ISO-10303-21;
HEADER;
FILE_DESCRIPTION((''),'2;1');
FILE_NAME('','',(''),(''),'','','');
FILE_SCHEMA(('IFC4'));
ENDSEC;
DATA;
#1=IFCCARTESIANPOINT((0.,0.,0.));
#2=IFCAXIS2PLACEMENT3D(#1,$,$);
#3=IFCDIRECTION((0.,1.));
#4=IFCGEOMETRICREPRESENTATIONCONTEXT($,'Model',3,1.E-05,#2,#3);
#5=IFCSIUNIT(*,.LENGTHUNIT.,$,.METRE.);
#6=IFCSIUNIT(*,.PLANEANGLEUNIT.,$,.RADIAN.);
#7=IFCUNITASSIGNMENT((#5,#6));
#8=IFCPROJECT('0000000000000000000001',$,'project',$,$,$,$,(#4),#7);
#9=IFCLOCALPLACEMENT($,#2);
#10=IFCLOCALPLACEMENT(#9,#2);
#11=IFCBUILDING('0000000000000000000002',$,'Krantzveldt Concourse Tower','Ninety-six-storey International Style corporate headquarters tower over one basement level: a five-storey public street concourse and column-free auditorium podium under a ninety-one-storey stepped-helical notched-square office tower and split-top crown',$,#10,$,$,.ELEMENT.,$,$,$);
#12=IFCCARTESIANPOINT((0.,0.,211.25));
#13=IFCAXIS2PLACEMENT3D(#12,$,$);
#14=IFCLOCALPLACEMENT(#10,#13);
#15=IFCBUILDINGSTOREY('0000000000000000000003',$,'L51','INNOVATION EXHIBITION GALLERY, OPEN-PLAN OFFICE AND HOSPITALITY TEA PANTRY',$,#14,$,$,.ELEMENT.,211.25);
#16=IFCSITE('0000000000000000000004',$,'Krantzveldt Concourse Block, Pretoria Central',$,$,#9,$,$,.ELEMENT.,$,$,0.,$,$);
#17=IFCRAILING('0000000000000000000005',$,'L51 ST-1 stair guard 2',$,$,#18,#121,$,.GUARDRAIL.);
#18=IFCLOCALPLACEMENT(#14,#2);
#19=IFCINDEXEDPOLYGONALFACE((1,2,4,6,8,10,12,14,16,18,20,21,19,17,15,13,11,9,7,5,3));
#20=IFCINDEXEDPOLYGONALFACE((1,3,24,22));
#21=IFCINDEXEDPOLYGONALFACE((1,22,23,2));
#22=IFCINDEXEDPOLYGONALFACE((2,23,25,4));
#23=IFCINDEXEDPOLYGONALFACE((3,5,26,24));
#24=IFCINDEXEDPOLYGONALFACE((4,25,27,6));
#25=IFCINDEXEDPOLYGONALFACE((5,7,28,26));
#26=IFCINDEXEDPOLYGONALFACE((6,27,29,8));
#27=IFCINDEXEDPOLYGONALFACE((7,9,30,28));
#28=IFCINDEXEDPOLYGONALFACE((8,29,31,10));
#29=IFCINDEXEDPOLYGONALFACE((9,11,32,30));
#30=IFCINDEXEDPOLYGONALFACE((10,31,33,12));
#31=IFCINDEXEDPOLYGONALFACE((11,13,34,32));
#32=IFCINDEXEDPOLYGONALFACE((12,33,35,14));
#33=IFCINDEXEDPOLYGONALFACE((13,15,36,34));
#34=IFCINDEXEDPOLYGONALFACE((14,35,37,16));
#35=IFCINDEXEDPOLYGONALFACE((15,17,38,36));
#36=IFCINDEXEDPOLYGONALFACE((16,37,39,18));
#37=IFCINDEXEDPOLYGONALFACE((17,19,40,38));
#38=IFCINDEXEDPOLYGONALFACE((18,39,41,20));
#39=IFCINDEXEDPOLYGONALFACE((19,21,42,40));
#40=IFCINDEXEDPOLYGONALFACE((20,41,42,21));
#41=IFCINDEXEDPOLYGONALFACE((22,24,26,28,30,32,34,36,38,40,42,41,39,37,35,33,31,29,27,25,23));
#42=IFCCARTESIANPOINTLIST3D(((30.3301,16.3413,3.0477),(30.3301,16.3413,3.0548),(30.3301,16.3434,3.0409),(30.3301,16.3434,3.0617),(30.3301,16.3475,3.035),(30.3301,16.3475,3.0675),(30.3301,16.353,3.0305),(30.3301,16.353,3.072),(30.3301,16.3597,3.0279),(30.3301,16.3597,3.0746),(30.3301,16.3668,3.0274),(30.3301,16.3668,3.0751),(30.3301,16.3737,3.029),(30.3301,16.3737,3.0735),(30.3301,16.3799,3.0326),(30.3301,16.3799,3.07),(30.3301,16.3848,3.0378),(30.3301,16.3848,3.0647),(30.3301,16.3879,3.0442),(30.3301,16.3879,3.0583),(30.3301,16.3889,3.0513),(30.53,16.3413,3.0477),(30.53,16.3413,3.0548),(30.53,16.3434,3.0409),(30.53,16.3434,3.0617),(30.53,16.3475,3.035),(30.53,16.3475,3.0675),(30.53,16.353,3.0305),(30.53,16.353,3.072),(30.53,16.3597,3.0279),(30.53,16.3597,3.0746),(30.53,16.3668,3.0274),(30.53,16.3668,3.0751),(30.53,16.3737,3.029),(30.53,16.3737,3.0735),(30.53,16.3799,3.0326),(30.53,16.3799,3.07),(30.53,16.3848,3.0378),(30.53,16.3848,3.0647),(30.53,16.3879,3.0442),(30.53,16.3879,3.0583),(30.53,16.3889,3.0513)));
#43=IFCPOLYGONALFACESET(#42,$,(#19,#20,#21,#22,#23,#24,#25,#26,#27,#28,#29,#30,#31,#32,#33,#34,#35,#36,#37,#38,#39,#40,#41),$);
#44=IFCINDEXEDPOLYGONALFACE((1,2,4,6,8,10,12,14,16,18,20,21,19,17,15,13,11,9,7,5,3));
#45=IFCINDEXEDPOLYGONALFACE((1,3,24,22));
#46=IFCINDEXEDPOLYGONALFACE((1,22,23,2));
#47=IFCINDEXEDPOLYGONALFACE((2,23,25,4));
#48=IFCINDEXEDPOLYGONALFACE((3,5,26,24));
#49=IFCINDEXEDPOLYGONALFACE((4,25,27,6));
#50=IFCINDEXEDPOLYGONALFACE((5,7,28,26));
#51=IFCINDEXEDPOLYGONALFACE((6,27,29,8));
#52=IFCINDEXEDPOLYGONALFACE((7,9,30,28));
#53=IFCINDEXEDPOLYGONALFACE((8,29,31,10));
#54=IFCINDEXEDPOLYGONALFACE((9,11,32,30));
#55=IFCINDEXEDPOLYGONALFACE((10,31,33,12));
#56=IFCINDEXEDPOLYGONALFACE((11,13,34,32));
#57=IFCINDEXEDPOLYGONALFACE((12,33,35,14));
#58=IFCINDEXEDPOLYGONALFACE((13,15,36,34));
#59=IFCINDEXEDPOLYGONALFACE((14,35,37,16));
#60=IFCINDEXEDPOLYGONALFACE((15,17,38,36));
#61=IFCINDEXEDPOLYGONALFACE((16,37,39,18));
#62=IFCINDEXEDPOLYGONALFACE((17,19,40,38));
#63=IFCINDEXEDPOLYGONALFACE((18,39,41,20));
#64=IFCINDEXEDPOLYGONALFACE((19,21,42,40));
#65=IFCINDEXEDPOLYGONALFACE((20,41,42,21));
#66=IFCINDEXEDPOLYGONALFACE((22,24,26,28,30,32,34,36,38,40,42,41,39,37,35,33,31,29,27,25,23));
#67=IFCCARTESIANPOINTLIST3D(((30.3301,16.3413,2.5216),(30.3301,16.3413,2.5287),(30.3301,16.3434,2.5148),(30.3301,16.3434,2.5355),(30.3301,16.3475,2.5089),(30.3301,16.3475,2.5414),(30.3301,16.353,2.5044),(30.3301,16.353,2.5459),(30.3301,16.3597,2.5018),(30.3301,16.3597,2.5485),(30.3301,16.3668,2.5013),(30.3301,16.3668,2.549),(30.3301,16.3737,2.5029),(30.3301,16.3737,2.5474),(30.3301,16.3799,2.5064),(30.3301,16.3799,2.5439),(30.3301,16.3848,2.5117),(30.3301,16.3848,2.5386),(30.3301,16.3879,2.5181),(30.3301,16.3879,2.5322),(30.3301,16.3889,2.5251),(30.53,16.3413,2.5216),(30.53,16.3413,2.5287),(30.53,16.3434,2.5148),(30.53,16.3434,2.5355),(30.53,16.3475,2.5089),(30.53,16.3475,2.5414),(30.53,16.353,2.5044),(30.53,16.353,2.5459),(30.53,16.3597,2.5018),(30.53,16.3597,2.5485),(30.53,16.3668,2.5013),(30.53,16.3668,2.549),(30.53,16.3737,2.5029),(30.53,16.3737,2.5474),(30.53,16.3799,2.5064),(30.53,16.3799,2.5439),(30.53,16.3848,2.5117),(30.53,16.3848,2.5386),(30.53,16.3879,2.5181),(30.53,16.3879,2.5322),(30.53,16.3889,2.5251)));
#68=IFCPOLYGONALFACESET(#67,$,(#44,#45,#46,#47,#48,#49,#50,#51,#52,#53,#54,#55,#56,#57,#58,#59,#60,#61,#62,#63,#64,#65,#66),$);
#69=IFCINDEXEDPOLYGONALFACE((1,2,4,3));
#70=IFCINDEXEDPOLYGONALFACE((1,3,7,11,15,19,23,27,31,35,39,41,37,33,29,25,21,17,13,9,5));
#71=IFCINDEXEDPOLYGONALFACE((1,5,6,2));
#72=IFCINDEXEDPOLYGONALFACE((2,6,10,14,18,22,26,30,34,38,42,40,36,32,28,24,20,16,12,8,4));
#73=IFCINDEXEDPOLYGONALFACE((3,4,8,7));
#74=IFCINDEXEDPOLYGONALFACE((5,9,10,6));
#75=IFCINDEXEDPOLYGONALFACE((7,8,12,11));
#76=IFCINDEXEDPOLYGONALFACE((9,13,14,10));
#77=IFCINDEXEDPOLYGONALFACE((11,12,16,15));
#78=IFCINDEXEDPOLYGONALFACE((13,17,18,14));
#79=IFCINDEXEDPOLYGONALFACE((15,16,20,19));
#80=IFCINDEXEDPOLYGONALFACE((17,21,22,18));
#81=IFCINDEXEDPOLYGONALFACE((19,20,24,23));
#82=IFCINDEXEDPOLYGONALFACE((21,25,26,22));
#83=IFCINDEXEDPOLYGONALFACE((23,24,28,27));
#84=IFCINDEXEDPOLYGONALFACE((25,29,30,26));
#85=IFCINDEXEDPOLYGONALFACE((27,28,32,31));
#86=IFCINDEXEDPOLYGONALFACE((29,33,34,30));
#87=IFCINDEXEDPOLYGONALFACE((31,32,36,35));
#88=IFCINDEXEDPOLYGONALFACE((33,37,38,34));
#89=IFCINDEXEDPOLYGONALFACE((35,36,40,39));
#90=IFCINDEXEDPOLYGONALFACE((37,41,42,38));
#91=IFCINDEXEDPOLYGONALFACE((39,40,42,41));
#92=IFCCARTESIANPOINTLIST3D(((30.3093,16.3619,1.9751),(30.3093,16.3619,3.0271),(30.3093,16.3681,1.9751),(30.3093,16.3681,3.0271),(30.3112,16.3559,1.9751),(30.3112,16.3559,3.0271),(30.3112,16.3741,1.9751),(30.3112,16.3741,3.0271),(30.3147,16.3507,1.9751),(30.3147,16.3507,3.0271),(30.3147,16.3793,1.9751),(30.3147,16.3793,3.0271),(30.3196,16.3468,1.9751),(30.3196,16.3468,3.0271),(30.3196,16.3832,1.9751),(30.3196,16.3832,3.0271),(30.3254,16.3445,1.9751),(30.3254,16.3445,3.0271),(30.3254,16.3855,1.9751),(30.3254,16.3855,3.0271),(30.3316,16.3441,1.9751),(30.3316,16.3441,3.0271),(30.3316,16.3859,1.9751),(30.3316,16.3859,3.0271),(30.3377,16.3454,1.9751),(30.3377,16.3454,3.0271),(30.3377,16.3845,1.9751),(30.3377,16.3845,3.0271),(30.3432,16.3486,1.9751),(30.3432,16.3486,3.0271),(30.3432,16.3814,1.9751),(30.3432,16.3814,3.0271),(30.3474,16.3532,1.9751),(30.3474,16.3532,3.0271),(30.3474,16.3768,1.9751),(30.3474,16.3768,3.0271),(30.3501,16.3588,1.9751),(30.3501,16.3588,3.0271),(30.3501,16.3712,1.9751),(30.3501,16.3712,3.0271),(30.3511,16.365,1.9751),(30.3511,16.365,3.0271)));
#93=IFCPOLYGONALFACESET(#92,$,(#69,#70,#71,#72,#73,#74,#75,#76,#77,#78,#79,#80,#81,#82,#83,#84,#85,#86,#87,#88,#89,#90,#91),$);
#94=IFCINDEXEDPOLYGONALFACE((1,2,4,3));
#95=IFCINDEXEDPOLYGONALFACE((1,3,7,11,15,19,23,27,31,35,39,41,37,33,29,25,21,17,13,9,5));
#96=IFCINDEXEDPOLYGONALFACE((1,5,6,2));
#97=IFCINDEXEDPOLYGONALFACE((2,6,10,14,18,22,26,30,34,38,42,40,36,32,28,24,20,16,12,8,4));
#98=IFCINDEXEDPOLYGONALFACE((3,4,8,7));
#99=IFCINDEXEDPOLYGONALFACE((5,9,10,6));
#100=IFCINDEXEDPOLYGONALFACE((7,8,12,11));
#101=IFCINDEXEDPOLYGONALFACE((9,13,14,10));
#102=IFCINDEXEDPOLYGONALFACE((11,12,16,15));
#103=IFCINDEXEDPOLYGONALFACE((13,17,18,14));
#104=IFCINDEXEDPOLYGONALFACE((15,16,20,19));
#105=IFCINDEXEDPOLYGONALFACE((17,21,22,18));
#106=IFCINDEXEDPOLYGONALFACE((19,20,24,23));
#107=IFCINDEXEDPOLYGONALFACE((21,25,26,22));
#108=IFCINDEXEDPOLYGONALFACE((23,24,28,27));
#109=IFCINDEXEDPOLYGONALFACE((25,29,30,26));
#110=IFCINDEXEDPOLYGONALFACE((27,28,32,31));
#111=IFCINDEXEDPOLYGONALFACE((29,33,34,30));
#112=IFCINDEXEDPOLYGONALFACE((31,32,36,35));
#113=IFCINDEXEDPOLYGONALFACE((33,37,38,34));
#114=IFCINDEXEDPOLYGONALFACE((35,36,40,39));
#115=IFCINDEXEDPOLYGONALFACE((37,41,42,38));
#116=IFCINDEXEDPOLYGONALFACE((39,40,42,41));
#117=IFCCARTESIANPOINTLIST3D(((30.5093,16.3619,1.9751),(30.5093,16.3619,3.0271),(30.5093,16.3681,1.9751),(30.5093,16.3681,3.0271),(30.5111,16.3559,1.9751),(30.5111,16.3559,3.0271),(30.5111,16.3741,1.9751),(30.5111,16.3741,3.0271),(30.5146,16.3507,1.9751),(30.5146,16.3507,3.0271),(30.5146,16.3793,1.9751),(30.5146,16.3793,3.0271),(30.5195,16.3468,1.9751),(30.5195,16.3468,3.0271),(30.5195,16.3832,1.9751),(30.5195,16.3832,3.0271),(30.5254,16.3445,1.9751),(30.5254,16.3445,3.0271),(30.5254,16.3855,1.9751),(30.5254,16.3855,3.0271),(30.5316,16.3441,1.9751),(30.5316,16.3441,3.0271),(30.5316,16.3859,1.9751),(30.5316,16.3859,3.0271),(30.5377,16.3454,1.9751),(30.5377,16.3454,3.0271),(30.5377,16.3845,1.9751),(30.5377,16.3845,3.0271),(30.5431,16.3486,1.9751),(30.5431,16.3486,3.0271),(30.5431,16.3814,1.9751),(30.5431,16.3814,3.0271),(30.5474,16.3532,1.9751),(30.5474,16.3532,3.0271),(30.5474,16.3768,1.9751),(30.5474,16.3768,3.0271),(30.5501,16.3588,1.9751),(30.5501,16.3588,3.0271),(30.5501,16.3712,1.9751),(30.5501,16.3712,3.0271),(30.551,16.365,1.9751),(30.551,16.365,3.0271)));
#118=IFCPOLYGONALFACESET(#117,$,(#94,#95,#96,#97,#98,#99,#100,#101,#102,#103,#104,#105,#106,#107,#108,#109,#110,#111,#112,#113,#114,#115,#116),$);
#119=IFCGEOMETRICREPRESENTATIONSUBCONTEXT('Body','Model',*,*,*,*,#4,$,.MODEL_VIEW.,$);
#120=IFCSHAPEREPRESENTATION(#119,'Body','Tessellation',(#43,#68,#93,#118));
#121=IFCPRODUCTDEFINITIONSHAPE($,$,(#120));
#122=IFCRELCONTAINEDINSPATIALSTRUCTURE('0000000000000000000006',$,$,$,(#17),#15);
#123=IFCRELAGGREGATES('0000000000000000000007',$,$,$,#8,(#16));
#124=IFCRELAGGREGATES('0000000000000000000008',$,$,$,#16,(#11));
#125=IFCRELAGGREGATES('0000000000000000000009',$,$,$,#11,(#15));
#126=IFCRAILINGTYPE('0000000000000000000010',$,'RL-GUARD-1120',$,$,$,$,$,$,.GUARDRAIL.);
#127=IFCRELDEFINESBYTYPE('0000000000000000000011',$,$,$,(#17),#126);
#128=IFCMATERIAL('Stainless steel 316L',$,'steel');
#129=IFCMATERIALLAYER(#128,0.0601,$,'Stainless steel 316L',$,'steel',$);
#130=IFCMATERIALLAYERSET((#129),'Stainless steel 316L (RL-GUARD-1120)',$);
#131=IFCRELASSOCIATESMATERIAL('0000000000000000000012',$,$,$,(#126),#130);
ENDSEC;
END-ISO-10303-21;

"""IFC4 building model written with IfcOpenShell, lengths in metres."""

from ifc_helpers import new_model, si_unit, direction, frame, origin, origin_2d, place, context, subcontext, project, spatial, circle, extrude, material, layer, layer_set, type_object, element, save


model = new_model("IFC4")

# Units and contexts
model_context = context("Model", 3, precision=1e-05, world=origin(), true_north=direction((0.0, 1.0)))
body_context = subcontext(model_context, "Body", "Model", "MODEL_VIEW")
ifc_project = project(units=[si_unit("LENGTHUNIT", "METRE"), si_unit("PLANEANGLEUNIT", "RADIAN")], contexts=[model_context])

# Site, building, storey
site_placement = place(None, origin())
site = spatial("IfcSite", under=ifc_project, at=site_placement, Name="Krantzveldt Concourse Block, Pretoria Central", CompositionType="ELEMENT", RefElevation=0.0)
building_placement = place(site_placement, origin())
building = spatial("IfcBuilding", under=site, at=building_placement, Name="Krantzveldt Concourse Tower", Description="Ninety-six-storey International Style corporate headquarters tower over one basement level: a five-storey public street concourse and column-free auditorium podium under a ninety-one-storey stepped-helical notched-square office tower and split-top crown", CompositionType="ELEMENT")
storey_placement = place(building_placement, frame((0.0, 0.0, 211.25)))
storey = spatial("IfcBuildingStorey", under=building, at=storey_placement, Name="L51", Description="INNOVATION EXHIBITION GALLERY, OPEN-PLAN OFFICE AND HOSPITALITY TEA PANTRY", CompositionType="ELEMENT", Elevation=211.25)

# Shared definitions
ifc_material_1 = material(Name="Stainless steel 316L", Category="steel")

# Railing
ifc_layer_1 = layer(ifc_material_1, 0.0601, Name="Stainless steel 316L", Category="steel")
ifc_layer_set_1 = layer_set([ifc_layer_1], Name="Stainless steel 316L (RL-GUARD-1120)")
railing_type_1 = type_object("IfcRailingType", Name="RL-GUARD-1120", PredefinedType="GUARDRAIL", material=ifc_layer_set_1)
railing_1_placement = place(storey_placement, frame((30.3301, 16.365, 1.9751)))
element("IfcRailing", 1, at=railing_1_placement, inside=storey, type_object=railing_type_1, Name="L51 ST-1 stair guard 2", PredefinedType="GUARDRAIL", context=body_context, shape_type="SweptSolid", body=[
    extrude(circle(Radius=0.0239, at=origin_2d()), frame((0.0, 0.0, 1.0762), z_axis=(1.0, 0.0, 0.0), x_axis=(0.0, 1.0, 0.0)), (0.0, 0.0, 1.0), 0.2),
    extrude(circle(Radius=0.0239, at=origin_2d()), frame((0.0, 0.0, 0.55), z_axis=(1.0, 0.0, 0.0), x_axis=(0.0, 1.0, 0.0)), (0.0, 0.0, 1.0), 0.2),
    extrude(circle(Radius=0.021, at=origin_2d()), origin(), (0.0, 0.0, 1.0), 1.052),
    extrude(circle(Radius=0.021, at=origin_2d()), frame((0.2, 0.0, 0.0)), (0.0, 0.0, 1.0), 1.052),
])

save(model, "model.ifc")
